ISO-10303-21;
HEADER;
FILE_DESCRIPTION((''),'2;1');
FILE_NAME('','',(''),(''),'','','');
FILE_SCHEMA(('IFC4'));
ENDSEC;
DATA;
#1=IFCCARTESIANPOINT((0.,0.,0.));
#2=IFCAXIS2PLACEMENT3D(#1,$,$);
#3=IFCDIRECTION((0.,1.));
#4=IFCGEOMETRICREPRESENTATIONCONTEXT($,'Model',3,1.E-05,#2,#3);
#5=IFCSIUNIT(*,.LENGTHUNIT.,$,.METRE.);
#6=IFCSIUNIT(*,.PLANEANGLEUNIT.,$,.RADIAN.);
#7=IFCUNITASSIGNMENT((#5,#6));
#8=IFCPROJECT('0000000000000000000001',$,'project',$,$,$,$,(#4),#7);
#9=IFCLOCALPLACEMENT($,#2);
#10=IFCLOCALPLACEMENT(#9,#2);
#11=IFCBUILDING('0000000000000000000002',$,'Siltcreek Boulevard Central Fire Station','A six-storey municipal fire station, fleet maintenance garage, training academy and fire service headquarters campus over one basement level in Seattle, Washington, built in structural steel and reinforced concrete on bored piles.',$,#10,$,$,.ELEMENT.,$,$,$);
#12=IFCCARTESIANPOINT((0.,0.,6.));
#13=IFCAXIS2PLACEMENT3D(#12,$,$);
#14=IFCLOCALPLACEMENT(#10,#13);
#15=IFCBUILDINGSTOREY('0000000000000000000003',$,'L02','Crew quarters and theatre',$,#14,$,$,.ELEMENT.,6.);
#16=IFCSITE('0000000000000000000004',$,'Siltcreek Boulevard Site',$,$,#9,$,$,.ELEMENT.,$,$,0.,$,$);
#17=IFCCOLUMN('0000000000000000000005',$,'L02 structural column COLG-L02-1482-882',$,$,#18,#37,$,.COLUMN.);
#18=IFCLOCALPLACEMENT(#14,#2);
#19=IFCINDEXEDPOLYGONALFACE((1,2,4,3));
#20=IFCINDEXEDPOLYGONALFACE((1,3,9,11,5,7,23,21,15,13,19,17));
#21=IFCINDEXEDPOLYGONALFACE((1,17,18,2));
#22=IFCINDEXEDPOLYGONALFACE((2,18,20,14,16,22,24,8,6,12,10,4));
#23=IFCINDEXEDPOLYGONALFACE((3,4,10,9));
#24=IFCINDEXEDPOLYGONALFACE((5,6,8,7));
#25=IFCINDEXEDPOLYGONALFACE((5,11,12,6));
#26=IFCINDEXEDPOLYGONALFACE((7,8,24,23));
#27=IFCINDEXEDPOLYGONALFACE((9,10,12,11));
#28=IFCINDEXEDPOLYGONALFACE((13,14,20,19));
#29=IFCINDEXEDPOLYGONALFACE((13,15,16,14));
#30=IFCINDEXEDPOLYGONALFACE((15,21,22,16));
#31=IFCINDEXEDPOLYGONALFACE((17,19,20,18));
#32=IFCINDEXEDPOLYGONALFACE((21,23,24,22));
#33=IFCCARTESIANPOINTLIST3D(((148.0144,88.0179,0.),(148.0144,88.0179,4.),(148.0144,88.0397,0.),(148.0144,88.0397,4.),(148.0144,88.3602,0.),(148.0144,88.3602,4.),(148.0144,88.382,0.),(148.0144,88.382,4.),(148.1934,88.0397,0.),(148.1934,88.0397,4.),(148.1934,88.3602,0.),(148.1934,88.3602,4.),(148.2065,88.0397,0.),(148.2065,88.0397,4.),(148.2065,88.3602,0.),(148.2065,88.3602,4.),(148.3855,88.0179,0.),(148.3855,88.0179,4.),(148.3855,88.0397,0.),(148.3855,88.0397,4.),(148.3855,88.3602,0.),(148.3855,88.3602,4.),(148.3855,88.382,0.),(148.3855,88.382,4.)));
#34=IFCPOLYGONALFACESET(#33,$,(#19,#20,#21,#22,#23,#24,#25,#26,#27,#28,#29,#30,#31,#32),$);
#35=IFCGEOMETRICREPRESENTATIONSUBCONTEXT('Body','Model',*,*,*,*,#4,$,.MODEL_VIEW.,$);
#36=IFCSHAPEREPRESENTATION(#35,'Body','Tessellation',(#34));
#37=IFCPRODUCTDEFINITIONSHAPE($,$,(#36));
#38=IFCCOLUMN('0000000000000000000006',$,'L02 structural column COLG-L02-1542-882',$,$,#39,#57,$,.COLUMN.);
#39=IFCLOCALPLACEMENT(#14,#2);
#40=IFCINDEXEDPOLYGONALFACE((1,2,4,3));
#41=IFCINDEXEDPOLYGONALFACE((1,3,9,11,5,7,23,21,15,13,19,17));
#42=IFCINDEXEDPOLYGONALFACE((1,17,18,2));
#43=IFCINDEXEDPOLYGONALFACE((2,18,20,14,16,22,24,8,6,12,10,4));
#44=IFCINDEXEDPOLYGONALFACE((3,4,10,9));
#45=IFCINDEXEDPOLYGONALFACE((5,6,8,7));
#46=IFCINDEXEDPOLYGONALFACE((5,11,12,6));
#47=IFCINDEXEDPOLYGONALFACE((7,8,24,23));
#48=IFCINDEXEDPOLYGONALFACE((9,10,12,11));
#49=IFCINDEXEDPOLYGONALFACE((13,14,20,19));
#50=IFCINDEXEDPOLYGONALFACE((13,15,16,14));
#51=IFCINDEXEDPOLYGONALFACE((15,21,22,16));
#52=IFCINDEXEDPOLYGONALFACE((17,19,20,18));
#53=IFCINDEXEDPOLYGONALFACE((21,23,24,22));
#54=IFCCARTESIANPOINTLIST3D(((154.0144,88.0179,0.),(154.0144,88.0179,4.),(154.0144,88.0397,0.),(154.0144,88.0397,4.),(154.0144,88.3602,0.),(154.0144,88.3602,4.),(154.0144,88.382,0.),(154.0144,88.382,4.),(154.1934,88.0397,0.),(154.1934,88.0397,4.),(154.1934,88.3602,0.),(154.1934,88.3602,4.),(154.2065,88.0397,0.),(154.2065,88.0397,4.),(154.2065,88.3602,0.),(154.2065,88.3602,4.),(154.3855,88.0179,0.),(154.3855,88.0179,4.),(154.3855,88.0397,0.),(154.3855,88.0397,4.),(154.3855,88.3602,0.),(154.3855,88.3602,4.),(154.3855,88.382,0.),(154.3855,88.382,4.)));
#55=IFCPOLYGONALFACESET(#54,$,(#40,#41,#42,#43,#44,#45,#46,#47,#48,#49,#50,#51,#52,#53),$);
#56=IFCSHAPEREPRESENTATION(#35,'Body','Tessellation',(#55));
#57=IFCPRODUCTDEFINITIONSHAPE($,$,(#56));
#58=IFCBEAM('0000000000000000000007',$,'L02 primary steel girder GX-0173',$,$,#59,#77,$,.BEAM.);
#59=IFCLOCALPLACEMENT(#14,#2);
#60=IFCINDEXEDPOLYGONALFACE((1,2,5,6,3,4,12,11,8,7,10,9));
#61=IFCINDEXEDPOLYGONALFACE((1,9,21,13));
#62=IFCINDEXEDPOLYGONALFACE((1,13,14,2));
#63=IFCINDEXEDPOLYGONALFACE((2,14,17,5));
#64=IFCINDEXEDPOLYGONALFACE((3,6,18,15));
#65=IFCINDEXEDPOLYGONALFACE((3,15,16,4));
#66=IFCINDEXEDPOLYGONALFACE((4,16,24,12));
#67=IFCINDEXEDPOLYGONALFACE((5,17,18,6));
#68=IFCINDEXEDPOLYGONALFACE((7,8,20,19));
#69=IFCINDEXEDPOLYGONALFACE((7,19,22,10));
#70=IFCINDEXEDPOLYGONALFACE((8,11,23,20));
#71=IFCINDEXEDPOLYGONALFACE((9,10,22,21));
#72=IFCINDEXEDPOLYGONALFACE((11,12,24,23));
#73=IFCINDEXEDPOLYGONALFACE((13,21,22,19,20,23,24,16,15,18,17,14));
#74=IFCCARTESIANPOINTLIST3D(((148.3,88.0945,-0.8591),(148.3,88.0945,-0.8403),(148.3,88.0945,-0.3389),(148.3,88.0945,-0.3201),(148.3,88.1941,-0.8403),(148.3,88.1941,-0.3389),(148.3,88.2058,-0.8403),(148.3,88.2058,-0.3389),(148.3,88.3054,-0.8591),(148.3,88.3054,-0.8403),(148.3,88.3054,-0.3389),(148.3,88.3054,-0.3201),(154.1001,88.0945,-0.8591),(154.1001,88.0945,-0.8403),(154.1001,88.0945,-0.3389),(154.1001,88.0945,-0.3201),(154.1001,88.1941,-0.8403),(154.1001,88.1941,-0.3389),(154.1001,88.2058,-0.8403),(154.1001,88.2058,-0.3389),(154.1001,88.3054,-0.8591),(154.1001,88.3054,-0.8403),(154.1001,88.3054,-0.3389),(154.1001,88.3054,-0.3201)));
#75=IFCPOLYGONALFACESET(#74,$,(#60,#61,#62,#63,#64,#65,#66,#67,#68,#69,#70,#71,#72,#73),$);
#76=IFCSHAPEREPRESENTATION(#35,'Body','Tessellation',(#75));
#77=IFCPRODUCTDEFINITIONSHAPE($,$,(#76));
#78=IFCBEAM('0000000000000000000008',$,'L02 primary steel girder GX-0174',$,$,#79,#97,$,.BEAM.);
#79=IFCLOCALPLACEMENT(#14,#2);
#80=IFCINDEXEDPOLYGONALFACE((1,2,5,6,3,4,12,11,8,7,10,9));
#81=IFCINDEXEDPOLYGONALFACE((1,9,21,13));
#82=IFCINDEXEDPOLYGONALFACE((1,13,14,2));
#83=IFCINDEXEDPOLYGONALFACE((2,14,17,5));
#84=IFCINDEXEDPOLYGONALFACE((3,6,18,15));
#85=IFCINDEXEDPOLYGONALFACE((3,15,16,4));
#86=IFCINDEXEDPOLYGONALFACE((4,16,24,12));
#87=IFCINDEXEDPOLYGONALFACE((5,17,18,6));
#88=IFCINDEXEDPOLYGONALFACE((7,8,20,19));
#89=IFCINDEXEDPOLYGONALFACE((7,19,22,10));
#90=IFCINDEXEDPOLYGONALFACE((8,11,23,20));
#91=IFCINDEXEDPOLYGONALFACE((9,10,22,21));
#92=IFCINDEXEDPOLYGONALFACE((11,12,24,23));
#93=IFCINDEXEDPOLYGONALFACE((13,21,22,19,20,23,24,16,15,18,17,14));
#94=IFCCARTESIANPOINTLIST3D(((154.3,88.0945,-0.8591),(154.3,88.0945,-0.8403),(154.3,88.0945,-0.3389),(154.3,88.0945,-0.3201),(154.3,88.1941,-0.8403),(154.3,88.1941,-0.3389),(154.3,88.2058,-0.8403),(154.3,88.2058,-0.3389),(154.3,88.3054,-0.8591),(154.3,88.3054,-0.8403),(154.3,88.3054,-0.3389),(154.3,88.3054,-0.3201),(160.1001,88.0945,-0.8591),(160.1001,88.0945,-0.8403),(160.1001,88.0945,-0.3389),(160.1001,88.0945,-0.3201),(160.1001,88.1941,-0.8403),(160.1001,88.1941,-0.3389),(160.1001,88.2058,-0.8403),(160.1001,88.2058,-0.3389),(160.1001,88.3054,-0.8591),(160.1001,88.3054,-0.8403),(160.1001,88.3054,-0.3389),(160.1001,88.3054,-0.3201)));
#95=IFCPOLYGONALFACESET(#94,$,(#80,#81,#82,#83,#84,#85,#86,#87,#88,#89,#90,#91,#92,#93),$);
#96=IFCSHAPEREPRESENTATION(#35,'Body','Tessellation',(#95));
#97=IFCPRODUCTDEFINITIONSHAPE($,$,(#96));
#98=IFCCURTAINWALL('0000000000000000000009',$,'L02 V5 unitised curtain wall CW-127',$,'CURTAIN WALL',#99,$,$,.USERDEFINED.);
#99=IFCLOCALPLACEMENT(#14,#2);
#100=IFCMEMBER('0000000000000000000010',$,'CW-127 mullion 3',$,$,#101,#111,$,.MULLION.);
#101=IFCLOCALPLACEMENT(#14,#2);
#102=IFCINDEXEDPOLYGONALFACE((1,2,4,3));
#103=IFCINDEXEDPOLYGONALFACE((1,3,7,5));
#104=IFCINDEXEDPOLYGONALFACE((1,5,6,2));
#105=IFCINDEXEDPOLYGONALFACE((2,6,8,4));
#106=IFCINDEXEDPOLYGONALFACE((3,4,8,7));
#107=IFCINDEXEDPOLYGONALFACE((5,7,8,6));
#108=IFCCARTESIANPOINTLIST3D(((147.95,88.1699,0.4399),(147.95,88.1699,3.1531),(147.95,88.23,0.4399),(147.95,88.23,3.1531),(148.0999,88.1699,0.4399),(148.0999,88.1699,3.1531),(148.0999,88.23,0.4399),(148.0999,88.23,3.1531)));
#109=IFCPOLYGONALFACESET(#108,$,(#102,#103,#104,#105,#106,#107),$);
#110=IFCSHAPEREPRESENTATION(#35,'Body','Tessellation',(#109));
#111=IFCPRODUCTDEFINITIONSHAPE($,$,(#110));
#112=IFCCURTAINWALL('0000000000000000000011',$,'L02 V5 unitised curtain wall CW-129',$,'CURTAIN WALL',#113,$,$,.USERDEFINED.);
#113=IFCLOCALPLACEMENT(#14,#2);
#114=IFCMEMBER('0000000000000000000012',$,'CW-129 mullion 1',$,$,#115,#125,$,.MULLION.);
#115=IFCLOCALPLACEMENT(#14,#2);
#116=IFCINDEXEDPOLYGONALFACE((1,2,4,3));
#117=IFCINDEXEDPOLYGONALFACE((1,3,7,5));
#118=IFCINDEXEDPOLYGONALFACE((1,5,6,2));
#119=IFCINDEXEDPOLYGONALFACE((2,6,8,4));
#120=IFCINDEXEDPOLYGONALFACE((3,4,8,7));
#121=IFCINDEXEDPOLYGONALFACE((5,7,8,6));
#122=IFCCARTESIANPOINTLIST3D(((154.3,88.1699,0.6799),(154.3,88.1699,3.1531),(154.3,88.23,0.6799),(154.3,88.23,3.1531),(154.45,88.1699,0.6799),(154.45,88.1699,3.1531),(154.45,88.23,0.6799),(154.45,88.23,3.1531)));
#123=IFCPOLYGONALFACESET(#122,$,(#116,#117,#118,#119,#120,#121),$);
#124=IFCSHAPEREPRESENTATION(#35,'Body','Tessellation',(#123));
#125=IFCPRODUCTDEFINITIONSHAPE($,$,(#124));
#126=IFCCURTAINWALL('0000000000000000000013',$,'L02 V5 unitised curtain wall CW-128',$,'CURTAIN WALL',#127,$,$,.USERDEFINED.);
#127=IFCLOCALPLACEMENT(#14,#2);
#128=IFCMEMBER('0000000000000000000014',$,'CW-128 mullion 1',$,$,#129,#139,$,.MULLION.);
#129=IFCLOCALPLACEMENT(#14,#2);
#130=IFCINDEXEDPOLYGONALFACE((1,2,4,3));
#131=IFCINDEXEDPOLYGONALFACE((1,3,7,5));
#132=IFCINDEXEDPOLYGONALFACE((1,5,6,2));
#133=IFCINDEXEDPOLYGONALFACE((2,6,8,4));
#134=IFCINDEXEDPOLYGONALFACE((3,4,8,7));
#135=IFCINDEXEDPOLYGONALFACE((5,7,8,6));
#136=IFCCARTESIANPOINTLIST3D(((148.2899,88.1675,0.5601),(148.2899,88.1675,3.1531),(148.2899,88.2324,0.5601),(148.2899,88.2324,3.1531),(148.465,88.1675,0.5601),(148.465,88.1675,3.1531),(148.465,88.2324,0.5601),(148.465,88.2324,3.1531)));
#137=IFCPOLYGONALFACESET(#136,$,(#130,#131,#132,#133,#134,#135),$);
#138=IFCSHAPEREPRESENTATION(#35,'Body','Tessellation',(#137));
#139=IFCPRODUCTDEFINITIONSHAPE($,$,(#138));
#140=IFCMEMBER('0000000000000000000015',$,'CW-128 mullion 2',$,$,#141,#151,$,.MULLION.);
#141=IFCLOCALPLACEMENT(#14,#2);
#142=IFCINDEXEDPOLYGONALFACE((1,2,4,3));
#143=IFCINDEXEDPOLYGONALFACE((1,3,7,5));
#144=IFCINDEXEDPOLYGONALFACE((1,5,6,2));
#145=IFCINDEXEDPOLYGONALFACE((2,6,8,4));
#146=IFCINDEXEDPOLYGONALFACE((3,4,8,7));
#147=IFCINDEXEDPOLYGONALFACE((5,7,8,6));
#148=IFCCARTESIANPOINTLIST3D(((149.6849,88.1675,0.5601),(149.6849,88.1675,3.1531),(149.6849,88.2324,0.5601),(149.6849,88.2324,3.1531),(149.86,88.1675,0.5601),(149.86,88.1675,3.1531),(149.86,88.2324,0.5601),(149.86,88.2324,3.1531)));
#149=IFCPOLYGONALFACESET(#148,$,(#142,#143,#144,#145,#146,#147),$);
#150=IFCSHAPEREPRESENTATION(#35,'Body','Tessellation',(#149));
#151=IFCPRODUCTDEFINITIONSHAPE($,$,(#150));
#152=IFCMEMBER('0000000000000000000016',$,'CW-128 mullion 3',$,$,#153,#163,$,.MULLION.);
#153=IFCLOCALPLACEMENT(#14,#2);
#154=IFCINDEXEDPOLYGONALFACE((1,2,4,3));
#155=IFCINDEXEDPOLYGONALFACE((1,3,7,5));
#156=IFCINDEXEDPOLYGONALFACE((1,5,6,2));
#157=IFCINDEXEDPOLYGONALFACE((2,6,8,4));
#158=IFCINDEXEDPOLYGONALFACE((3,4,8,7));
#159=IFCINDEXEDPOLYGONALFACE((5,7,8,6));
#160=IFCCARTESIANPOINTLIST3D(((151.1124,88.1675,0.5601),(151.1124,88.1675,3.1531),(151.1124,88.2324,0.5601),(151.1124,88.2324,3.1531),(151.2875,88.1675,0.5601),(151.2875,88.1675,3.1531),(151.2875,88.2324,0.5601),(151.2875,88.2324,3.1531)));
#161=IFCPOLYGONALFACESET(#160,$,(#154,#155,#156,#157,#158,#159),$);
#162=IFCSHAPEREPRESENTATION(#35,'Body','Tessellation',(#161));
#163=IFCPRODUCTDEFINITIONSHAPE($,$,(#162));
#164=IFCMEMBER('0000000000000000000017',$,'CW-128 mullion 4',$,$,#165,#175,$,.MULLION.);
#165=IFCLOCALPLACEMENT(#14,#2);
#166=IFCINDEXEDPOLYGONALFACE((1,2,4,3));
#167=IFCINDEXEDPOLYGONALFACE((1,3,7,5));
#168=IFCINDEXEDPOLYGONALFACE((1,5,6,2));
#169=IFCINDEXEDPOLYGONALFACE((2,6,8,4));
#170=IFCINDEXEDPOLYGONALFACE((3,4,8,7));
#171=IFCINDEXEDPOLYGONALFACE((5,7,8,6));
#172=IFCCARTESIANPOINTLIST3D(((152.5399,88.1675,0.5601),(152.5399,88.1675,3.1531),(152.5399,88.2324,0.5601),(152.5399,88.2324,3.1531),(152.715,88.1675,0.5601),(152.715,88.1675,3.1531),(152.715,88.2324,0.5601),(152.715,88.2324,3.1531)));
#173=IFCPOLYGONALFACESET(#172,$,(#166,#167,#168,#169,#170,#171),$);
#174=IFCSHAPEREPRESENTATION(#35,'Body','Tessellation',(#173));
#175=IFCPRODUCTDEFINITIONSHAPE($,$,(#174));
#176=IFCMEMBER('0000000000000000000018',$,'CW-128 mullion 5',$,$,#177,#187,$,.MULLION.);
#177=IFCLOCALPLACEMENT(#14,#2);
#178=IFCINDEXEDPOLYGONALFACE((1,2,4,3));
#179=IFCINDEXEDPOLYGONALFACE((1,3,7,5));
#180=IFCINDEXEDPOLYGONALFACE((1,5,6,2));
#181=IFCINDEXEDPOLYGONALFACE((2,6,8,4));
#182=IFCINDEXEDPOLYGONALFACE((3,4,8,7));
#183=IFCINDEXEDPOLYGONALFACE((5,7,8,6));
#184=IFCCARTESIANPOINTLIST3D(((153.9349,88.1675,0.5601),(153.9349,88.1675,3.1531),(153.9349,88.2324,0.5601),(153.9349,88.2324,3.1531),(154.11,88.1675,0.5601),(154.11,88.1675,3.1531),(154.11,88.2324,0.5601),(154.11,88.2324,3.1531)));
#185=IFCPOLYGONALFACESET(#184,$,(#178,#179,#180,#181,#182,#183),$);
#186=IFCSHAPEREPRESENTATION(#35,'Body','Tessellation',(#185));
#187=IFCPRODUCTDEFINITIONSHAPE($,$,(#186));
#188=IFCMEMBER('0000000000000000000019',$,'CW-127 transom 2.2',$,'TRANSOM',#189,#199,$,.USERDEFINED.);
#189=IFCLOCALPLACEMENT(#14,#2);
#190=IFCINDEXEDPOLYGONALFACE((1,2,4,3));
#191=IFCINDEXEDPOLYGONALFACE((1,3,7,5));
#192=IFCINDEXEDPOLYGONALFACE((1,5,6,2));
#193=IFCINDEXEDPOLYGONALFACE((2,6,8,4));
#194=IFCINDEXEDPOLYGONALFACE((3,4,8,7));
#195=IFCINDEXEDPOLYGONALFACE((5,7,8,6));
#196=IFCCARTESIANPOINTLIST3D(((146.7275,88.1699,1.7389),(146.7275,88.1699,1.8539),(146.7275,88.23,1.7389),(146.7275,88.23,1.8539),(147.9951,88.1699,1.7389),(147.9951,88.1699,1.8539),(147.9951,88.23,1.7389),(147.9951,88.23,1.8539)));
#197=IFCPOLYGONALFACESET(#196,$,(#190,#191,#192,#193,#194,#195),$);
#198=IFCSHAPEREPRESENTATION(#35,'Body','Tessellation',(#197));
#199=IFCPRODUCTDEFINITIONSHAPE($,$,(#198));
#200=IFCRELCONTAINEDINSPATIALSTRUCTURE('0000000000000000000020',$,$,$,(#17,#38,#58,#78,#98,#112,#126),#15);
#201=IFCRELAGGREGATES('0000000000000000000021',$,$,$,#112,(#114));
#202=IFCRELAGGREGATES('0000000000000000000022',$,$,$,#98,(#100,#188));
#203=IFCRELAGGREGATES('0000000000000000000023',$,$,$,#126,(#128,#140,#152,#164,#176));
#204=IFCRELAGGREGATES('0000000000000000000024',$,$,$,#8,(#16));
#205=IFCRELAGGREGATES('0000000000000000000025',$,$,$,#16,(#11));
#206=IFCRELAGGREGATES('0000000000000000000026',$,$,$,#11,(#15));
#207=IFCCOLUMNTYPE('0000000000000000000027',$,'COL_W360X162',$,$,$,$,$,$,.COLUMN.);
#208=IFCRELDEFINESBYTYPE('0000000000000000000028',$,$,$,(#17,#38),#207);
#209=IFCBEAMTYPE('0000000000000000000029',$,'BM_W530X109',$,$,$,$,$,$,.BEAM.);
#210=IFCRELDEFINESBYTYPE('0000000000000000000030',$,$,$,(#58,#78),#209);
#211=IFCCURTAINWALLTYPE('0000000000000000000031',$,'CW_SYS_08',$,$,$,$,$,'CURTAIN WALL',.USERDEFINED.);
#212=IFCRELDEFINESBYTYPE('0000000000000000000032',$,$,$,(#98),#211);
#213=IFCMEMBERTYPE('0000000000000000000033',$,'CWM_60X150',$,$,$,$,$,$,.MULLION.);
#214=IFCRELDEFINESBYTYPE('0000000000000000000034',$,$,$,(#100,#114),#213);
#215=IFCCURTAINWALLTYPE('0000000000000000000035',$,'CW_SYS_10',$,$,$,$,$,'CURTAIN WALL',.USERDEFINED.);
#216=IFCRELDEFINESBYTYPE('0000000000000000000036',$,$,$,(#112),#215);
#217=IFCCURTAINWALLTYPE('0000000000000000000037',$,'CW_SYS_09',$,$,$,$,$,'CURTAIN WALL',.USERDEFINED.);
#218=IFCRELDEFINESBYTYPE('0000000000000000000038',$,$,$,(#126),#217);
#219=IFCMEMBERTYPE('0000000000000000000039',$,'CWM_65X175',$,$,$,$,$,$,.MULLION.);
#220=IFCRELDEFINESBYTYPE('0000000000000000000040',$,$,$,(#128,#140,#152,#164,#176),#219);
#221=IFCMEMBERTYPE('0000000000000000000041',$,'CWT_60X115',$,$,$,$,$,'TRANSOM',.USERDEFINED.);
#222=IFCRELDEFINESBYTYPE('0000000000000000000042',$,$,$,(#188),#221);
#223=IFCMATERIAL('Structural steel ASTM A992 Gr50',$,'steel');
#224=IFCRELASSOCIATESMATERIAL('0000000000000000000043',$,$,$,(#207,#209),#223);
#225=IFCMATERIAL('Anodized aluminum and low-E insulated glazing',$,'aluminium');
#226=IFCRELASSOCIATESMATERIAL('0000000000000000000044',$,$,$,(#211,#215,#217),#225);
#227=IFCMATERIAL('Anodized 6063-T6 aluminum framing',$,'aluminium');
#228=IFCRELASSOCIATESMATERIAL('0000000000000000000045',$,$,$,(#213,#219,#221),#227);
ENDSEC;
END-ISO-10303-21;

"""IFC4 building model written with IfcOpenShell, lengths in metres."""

from ifc_helpers import new_model, si_unit, direction, frame, origin, origin_2d, place, context, subcontext, project, spatial, rectangle, i_section, extrude, material, material_profile, profile_set, type_object, element, aggregate, save


model = new_model("IFC4")

# Units and contexts
model_context = context("Model", 3, precision=1e-05, world=origin(), true_north=direction((0.0, 1.0)))
body_context = subcontext(model_context, "Body", "Model", "MODEL_VIEW")
ifc_project = project(units=[si_unit("LENGTHUNIT", "METRE"), si_unit("PLANEANGLEUNIT", "RADIAN")], contexts=[model_context])

# Site, building, storey
site_placement = place(None, origin())
site = spatial("IfcSite", under=ifc_project, at=site_placement, Name="Siltcreek Boulevard Site", CompositionType="ELEMENT", RefElevation=0.0)
building_placement = place(site_placement, origin())
building = spatial("IfcBuilding", under=site, at=building_placement, Name="Siltcreek Boulevard Central Fire Station", Description="A six-storey municipal fire station, fleet maintenance garage, training academy and fire service headquarters campus over one basement level in Seattle, Washington, built in structural steel and reinforced concrete on bored piles.", CompositionType="ELEMENT")
storey_placement = place(building_placement, frame((0.0, 0.0, 6.0)))
storey = spatial("IfcBuildingStorey", under=building, at=storey_placement, Name="L02", Description="Crew quarters and theatre", CompositionType="ELEMENT", Elevation=6.0)

# Columns
ifc_material_1 = material(Name="Structural steel ASTM A992 Gr50", Category="steel")
ifc_material_profile_1 = material_profile(ifc_material_1, i_section(OverallWidth=0.3711, OverallDepth=0.364, WebThickness=0.0132, FlangeThickness=0.0217, at=origin_2d()), Name="W360X162")
ifc_profile_set_1 = profile_set([ifc_material_profile_1], Name="Structural steel ASTM A992 Gr50")
column_type = type_object("IfcColumnType", Name="COL_W360X162", PredefinedType="COLUMN", material=ifc_profile_set_1)
for number, where, z_axis, x_axis, name in (
    (1, (148.2, 88.2, 0.0), (0.0, 0.0, 1.0), (1.0, 0.0, 0.0), "L02 structural column COLG-L02-1482-882"),
    (2, (154.2, 88.2, 0.0), (0.0, 0.0, 1.0), (1.0, 0.0, 0.0), "L02 structural column COLG-L02-1542-882"),
):
    element("IfcColumn", number, at=place(storey_placement, frame(where, z_axis=z_axis, x_axis=x_axis)), inside=storey, type_object=column_type, Name=name, PredefinedType="COLUMN", context=body_context, shape_type="SweptSolid", body=[
        extrude(i_section(OverallWidth=0.3711, OverallDepth=0.364, WebThickness=0.0132, FlangeThickness=0.0217, at=origin_2d()), origin(), (0.0, 0.0, 1.0), 4.0),
    ])

# Beams
ifc_material_profile_2 = material_profile(ifc_material_1, i_section(OverallWidth=0.2109, OverallDepth=0.5391, WebThickness=0.0117, FlangeThickness=0.0188, at=origin_2d()), Name="W530X109")
ifc_profile_set_2 = profile_set([ifc_material_profile_2], Name="Structural steel ASTM A992 Gr50")
beam_type = type_object("IfcBeamType", Name="BM_W530X109", PredefinedType="BEAM", material=ifc_profile_set_2)
for number, where, z_axis, x_axis, name in (
    (3, (148.3, 88.2, -0.5896), (1.0, 0.0, 0.0), (0.0, 1.0, 0.0), "L02 primary steel girder GX-0173"),
    (4, (154.3, 88.2, -0.5896), (1.0, 0.0, 0.0), (0.0, 1.0, 0.0), "L02 primary steel girder GX-0174"),
):
    element("IfcBeam", number, at=place(storey_placement, frame(where, z_axis=z_axis, x_axis=x_axis)), inside=storey, type_object=beam_type, Name=name, PredefinedType="BEAM", context=body_context, shape_type="SweptSolid", body=[
        extrude(i_section(OverallWidth=0.2109, OverallDepth=0.5391, WebThickness=0.0117, FlangeThickness=0.0188, at=origin_2d()), origin(), (0.0, 0.0, 1.0), 5.8),
    ])

# Curtain walls, members
ifc_material_2 = material(Name="Anodized aluminum and low-E insulated glazing", Category="aluminium")
curtain_wall_type_1 = type_object("IfcCurtainWallType", Name="CW_SYS_08", ElementType="CURTAIN WALL", PredefinedType="USERDEFINED", material=ifc_material_2)
curtain_wall_1_placement = place(storey_placement, origin())
curtain_wall_1 = element("IfcCurtainWall", 5, at=curtain_wall_1_placement, inside=storey, type_object=curtain_wall_type_1, Name="L02 V5 unitised curtain wall CW-127", ObjectType="CURTAIN WALL", PredefinedType="USERDEFINED")
ifc_material_3 = material(Name="Anodized 6063-T6 aluminum framing", Category="aluminium")
ifc_material_profile_3 = material_profile(ifc_material_3, rectangle(XDim=0.0601, YDim=0.1499, at=origin_2d()), Name="MULL60X150")
ifc_profile_set_3 = profile_set([ifc_material_profile_3], Name="Anodized 6063-T6 aluminum framing")
member_type_1 = type_object("IfcMemberType", Name="CWM_60X150", PredefinedType="MULLION", material=ifc_profile_set_3)
member_1_placement = place(storey_placement, frame((148.0249, 88.2, 0.4399), z_axis=(0.0, 0.0, 1.0), x_axis=(0.0, 1.0, 0.0)))
member_1 = element("IfcMember", 6, at=member_1_placement, type_object=member_type_1, Name="CW-127 mullion 3", PredefinedType="MULLION", context=body_context, shape_type="SweptSolid", body=[
    extrude(rectangle(XDim=0.0601, YDim=0.1499, at=origin_2d()), origin(), (0.0, 0.0, 1.0), 2.7131),
])
curtain_wall_type_2 = type_object("IfcCurtainWallType", Name="CW_SYS_10", ElementType="CURTAIN WALL", PredefinedType="USERDEFINED", material=ifc_material_2)
curtain_wall_2_placement = place(storey_placement, origin())
curtain_wall_2 = element("IfcCurtainWall", 7, at=curtain_wall_2_placement, inside=storey, type_object=curtain_wall_type_2, Name="L02 V5 unitised curtain wall CW-129", ObjectType="CURTAIN WALL", PredefinedType="USERDEFINED")
member_2_placement = place(storey_placement, frame((154.375, 88.2, 0.6799), z_axis=(0.0, 0.0, 1.0), x_axis=(0.0, 1.0, 0.0)))
member_2 = element("IfcMember", 8, at=member_2_placement, type_object=member_type_1, Name="CW-129 mullion 1", PredefinedType="MULLION", context=body_context, shape_type="SweptSolid", body=[
    extrude(rectangle(XDim=0.0601, YDim=0.1499, at=origin_2d()), origin(), (0.0, 0.0, 1.0), 2.4731),
])

# Curtain wall, members
curtain_wall_type_3 = type_object("IfcCurtainWallType", Name="CW_SYS_09", ElementType="CURTAIN WALL", PredefinedType="USERDEFINED", material=ifc_material_2)
curtain_wall_3_placement = place(storey_placement, origin())
curtain_wall_3 = element("IfcCurtainWall", 9, at=curtain_wall_3_placement, inside=storey, type_object=curtain_wall_type_3, Name="L02 V5 unitised curtain wall CW-128", ObjectType="CURTAIN WALL", PredefinedType="USERDEFINED")
ifc_material_profile_4 = material_profile(ifc_material_3, rectangle(XDim=0.0649, YDim=0.175, at=origin_2d()), Name="MULL65X175")
ifc_profile_set_4 = profile_set([ifc_material_profile_4], Name="Anodized 6063-T6 aluminum framing")
member_type_2 = type_object("IfcMemberType", Name="CWM_65X175", PredefinedType="MULLION", material=ifc_profile_set_4)
member_3_placement = place(storey_placement, frame((148.3774, 88.2, 0.5601), z_axis=(0.0, 0.0, 1.0), x_axis=(0.0, 1.0, 0.0)))
member_3 = element("IfcMember", 10, at=member_3_placement, type_object=member_type_2, Name="CW-128 mullion 1", PredefinedType="MULLION", context=body_context, shape_type="SweptSolid", body=[
    extrude(rectangle(XDim=0.0649, YDim=0.175, at=origin_2d()), origin(), (0.0, 0.0, 1.0), 2.593),
])
member_4_placement = place(storey_placement, frame((149.7725, 88.2, 0.5601), z_axis=(0.0, 0.0, 1.0), x_axis=(0.0, 1.0, 0.0)))
member_4 = element("IfcMember", 11, at=member_4_placement, type_object=member_type_2, Name="CW-128 mullion 2", PredefinedType="MULLION", context=body_context, shape_type="SweptSolid", body=[
    extrude(rectangle(XDim=0.0649, YDim=0.175, at=origin_2d()), origin(), (0.0, 0.0, 1.0), 2.593),
])
member_5_placement = place(storey_placement, frame((151.2, 88.2, 0.5601), z_axis=(0.0, 0.0, 1.0), x_axis=(0.0, 1.0, 0.0)))
member_5 = element("IfcMember", 12, at=member_5_placement, type_object=member_type_2, Name="CW-128 mullion 3", PredefinedType="MULLION", context=body_context, shape_type="SweptSolid", body=[
    extrude(rectangle(XDim=0.0649, YDim=0.175, at=origin_2d()), origin(), (0.0, 0.0, 1.0), 2.593),
])
member_6_placement = place(storey_placement, frame((152.6274, 88.2, 0.5601), z_axis=(0.0, 0.0, 1.0), x_axis=(0.0, 1.0, 0.0)))
member_6 = element("IfcMember", 13, at=member_6_placement, type_object=member_type_2, Name="CW-128 mullion 4", PredefinedType="MULLION", context=body_context, shape_type="SweptSolid", body=[
    extrude(rectangle(XDim=0.0649, YDim=0.175, at=origin_2d()), origin(), (0.0, 0.0, 1.0), 2.593),
])
member_7_placement = place(storey_placement, frame((154.0225, 88.2, 0.5601), z_axis=(0.0, 0.0, 1.0), x_axis=(0.0, 1.0, 0.0)))
member_7 = element("IfcMember", 14, at=member_7_placement, type_object=member_type_2, Name="CW-128 mullion 5", PredefinedType="MULLION", context=body_context, shape_type="SweptSolid", body=[
    extrude(rectangle(XDim=0.0649, YDim=0.175, at=origin_2d()), origin(), (0.0, 0.0, 1.0), 2.593),
])

# Member
ifc_material_profile_5 = material_profile(ifc_material_3, rectangle(XDim=0.0601, YDim=0.115, at=origin_2d()), Name="TRAN60X115")
ifc_profile_set_5 = profile_set([ifc_material_profile_5], Name="Anodized 6063-T6 aluminum framing")
member_type_3 = type_object("IfcMemberType", Name="CWT_60X115", ElementType="TRANSOM", PredefinedType="USERDEFINED", material=ifc_profile_set_5)
member_8_placement = place(storey_placement, frame((146.7275, 88.2, 1.7964), z_axis=(1.0, 0.0, 0.0), x_axis=(0.0, 1.0, 0.0)))
member_8 = element("IfcMember", 15, at=member_8_placement, type_object=member_type_3, Name="CW-127 transom 2.2", ObjectType="TRANSOM", PredefinedType="USERDEFINED", context=body_context, shape_type="SweptSolid", body=[
    extrude(rectangle(XDim=0.0601, YDim=0.115, at=origin_2d()), origin(), (0.0, 0.0, 1.0), 1.2676),
])
aggregate(curtain_wall_2, [member_2])

aggregate(curtain_wall_1, [member_1, member_8])
aggregate(curtain_wall_3, [member_3, member_4, member_5, member_6, member_7])

save(model, "model.ifc")
